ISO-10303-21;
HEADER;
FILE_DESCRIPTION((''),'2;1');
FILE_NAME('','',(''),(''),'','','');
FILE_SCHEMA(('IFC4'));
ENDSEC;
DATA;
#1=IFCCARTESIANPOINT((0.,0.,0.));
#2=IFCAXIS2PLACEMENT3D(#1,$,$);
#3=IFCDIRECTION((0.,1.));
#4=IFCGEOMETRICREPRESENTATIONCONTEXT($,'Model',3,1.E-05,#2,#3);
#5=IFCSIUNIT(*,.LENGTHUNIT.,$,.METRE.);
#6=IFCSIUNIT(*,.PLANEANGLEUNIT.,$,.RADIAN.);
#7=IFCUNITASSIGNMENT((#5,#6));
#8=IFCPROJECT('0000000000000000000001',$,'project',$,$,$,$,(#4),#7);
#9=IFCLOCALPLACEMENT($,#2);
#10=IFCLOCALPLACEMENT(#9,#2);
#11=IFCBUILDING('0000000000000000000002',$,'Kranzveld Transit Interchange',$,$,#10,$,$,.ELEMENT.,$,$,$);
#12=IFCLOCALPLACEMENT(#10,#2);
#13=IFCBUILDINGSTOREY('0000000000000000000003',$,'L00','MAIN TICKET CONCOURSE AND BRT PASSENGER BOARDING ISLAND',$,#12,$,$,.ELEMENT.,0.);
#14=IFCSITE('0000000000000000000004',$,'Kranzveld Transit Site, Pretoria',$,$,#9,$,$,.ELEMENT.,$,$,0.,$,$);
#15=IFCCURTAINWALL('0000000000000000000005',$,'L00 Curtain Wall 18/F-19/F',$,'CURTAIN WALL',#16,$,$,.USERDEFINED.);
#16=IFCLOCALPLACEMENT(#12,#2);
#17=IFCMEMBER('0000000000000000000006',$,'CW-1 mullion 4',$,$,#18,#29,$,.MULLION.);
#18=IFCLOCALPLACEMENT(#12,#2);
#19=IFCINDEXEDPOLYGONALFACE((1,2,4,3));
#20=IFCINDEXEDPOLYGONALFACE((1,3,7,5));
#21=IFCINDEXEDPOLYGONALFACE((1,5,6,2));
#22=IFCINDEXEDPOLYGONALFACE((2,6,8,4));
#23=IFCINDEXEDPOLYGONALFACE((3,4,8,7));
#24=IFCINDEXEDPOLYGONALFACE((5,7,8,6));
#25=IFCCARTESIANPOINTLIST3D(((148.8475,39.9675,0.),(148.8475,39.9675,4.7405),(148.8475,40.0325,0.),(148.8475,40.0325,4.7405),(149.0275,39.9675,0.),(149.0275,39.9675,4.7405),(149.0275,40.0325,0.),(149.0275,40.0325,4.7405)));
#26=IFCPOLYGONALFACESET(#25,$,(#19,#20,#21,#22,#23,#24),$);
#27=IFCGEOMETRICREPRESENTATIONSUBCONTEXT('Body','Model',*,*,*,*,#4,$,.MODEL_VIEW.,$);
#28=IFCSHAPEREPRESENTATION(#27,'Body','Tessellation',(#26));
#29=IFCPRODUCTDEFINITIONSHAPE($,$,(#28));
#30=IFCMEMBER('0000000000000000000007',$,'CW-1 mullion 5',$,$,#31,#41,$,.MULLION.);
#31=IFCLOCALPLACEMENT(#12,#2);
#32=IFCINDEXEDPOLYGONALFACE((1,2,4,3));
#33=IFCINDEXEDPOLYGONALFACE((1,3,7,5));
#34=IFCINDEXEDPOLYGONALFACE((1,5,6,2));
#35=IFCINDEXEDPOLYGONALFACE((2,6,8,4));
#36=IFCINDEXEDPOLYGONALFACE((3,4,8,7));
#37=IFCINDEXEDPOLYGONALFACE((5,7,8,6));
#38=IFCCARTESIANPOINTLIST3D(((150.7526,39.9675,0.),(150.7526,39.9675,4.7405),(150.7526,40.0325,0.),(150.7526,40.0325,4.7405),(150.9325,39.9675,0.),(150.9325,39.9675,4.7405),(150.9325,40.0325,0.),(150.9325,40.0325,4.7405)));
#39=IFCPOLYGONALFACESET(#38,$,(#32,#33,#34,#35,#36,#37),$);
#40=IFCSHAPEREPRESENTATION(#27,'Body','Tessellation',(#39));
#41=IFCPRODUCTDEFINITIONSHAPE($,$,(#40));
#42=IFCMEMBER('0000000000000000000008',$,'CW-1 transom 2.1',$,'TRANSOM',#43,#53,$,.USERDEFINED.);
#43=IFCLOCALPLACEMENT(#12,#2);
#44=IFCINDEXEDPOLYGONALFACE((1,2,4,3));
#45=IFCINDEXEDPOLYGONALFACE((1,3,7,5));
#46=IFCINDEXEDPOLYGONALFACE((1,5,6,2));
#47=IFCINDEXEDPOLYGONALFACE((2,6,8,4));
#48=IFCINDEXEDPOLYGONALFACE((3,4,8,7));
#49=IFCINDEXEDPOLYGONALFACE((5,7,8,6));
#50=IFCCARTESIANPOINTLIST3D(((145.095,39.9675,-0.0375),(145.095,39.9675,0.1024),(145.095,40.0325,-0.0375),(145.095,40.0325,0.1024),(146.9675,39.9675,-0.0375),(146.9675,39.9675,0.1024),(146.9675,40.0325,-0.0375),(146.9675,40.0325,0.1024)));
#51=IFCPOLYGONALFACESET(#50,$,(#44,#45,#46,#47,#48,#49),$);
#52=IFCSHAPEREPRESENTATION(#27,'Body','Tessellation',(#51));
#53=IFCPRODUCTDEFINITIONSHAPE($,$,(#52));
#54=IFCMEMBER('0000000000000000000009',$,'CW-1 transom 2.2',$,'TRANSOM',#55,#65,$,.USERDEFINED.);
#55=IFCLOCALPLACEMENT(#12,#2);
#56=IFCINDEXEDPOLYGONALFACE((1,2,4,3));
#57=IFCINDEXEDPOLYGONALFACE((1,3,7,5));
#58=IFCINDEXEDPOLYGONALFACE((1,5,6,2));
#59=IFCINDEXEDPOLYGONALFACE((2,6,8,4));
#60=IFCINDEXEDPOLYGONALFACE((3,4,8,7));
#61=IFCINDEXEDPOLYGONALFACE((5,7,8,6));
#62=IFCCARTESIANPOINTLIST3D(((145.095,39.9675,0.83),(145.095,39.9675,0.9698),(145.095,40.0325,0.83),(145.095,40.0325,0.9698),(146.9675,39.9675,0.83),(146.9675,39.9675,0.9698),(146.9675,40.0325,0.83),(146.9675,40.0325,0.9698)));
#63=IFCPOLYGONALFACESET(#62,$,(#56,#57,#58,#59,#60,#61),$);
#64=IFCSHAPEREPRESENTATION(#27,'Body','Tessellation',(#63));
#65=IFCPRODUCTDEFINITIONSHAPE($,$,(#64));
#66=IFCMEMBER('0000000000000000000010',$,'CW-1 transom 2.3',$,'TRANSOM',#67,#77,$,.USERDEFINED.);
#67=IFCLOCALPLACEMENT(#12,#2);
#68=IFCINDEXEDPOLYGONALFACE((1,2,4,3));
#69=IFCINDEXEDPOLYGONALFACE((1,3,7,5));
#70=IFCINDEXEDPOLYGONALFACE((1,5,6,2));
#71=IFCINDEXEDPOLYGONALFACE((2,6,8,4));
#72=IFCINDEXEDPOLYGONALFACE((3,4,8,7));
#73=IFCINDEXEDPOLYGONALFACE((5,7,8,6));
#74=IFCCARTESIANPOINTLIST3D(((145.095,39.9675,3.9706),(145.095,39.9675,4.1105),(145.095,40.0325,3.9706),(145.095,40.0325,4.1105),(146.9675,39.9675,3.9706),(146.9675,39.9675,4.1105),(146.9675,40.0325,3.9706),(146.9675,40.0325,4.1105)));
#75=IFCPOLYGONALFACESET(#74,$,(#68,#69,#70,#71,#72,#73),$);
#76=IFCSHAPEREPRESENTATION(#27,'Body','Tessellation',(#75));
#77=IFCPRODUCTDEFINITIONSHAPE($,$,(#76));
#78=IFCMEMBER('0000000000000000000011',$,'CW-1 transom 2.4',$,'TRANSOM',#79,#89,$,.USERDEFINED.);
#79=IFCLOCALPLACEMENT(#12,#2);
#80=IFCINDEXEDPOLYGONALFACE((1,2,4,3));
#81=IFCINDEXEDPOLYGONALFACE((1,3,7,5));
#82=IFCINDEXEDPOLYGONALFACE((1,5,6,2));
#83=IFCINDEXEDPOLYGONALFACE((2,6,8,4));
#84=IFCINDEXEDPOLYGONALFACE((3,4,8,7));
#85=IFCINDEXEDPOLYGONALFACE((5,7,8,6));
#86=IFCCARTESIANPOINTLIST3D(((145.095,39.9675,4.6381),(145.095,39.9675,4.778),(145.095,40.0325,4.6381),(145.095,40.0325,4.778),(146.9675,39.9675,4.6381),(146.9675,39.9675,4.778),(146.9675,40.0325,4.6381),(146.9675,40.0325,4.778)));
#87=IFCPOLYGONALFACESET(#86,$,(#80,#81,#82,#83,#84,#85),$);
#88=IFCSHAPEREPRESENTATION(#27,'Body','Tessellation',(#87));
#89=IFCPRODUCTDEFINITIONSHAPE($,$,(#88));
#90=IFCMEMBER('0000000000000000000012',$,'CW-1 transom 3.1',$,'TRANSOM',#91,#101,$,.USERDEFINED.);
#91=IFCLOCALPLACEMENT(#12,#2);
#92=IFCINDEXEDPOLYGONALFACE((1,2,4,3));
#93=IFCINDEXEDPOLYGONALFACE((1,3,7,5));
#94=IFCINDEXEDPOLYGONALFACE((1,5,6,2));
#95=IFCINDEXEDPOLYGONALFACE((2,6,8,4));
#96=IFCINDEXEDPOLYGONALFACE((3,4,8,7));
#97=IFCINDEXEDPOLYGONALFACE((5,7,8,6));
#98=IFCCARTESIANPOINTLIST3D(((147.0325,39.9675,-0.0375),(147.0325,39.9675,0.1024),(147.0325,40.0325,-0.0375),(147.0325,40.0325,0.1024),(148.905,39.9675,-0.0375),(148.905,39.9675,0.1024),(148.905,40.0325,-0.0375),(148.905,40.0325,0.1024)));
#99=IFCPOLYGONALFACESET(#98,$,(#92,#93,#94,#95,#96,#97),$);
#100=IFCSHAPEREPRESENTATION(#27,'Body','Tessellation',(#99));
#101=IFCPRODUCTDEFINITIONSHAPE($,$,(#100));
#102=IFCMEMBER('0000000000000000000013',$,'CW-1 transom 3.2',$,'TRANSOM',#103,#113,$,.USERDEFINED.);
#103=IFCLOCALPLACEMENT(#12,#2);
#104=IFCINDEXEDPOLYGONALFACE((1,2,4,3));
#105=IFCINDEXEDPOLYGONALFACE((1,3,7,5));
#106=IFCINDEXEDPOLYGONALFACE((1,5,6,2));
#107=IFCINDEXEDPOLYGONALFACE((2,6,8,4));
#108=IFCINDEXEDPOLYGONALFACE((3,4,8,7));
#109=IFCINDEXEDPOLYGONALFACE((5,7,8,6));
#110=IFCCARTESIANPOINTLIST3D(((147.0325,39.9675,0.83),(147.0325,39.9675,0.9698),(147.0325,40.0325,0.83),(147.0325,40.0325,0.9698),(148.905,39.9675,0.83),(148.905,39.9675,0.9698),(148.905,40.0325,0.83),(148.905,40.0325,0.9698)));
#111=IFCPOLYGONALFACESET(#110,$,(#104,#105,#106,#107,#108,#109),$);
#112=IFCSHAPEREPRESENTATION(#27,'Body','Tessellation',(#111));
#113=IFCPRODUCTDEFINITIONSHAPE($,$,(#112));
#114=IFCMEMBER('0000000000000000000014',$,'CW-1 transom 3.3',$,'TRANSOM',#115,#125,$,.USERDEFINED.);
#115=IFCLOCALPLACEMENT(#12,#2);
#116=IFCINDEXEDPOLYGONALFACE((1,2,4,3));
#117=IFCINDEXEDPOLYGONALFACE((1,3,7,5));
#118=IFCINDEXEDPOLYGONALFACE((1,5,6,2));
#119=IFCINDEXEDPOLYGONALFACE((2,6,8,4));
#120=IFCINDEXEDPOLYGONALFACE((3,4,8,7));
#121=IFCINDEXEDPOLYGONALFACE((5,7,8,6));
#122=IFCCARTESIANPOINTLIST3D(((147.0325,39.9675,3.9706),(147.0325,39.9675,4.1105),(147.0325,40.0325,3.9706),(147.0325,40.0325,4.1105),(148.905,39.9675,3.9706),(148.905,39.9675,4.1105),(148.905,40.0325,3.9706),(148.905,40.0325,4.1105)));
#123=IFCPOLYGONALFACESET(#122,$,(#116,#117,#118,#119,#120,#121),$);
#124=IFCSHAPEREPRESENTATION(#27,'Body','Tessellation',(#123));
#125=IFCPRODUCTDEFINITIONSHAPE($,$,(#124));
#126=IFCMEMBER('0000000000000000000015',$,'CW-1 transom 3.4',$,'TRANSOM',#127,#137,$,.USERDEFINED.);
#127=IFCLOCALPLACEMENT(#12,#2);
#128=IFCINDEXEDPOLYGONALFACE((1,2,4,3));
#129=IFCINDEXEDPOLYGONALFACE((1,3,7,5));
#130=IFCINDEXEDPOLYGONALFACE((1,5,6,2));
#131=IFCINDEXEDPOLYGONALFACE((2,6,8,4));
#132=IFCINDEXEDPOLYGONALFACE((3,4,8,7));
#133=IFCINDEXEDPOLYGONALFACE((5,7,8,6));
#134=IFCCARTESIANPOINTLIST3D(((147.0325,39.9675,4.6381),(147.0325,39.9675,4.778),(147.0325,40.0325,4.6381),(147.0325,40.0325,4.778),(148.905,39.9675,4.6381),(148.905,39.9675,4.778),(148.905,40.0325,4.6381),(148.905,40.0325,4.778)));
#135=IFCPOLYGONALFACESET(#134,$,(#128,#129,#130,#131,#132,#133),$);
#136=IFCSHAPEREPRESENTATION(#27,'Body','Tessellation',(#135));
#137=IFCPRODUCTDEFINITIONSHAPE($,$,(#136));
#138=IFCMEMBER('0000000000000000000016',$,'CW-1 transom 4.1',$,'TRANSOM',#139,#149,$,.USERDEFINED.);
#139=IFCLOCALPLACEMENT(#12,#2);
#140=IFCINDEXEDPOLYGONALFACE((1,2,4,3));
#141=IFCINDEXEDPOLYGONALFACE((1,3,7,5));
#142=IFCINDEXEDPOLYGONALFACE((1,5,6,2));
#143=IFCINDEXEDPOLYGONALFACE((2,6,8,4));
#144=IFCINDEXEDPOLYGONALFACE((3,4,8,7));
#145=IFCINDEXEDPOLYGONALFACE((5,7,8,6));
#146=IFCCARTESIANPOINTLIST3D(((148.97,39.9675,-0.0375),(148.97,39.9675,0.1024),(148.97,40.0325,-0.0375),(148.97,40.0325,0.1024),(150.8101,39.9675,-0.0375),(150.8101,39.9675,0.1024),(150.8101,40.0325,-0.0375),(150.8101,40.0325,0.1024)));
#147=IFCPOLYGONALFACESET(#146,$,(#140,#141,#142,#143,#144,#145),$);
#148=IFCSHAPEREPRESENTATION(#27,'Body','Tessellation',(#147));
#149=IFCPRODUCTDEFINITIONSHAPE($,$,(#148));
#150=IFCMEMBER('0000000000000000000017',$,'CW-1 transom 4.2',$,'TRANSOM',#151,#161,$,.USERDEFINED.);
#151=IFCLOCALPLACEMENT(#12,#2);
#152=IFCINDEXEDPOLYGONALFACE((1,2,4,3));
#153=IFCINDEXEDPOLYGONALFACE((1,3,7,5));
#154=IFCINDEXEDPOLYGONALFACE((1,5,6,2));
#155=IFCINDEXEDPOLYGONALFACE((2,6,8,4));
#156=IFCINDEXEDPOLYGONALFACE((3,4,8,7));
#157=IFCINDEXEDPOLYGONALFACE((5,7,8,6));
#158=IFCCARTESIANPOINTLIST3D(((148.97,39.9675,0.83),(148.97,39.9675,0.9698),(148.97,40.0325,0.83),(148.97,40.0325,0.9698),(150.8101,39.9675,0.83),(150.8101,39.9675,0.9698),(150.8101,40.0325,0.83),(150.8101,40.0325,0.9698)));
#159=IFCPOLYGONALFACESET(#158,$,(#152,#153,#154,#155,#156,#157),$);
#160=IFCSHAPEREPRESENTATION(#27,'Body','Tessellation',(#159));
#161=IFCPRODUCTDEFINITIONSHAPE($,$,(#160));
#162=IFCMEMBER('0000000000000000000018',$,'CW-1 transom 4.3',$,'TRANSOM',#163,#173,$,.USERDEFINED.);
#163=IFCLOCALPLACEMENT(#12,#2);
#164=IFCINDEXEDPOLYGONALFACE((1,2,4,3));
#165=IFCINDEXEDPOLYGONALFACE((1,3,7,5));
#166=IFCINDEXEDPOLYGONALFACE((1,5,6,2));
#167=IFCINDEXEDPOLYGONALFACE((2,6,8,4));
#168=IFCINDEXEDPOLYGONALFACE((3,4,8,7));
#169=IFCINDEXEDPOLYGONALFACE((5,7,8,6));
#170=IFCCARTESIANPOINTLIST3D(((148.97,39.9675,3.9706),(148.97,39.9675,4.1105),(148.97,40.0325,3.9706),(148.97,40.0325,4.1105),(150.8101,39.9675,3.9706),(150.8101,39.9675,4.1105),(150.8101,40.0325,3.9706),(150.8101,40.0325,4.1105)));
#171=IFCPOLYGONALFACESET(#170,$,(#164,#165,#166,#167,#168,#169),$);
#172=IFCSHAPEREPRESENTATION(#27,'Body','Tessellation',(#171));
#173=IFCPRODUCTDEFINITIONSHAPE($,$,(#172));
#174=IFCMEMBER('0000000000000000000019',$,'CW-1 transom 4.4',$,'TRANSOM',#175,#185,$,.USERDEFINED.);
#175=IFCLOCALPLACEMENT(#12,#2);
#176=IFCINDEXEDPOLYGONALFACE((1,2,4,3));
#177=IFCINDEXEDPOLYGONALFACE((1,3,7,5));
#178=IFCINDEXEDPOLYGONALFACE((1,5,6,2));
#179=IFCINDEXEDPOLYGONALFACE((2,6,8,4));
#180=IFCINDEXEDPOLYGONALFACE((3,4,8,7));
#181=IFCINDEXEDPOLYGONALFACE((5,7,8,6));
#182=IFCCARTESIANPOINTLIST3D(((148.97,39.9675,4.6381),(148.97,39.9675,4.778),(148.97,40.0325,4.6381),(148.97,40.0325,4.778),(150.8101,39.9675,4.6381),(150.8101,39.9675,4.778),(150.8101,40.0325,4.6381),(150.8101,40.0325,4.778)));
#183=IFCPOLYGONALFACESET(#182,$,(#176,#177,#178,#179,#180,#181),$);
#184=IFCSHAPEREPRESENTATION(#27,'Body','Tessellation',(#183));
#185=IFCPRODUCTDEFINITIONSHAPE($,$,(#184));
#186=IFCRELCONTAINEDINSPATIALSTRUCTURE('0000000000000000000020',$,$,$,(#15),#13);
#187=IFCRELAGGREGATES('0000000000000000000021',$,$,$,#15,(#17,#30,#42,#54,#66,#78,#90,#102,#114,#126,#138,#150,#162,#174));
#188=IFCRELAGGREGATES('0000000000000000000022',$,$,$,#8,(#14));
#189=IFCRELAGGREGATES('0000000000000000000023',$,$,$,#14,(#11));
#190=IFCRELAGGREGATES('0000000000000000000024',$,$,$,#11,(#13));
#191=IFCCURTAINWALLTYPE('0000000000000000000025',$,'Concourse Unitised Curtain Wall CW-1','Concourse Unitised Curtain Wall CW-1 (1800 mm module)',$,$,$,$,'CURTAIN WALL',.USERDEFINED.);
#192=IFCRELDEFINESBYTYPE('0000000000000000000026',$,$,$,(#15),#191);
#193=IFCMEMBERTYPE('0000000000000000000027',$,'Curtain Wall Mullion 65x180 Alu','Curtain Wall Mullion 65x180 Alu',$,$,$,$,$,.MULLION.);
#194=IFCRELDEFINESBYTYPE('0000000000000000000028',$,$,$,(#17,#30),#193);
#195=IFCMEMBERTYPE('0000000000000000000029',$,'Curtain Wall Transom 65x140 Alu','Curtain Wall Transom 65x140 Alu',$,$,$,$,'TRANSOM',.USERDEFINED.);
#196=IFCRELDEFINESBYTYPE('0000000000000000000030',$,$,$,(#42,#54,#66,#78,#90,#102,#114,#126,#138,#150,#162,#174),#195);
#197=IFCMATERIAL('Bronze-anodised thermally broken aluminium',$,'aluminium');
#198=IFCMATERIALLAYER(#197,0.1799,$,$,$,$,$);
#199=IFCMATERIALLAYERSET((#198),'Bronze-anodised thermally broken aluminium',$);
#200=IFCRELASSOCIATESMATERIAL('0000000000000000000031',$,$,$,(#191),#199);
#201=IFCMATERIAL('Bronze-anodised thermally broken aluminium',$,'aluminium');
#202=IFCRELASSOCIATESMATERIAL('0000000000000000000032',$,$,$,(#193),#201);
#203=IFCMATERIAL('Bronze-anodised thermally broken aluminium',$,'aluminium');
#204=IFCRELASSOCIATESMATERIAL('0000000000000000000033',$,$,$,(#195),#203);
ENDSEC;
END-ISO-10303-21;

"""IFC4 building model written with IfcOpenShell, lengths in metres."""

from ifc_helpers import new_model, si_unit, direction, frame, origin, origin_2d, place, context, subcontext, project, spatial, rectangle, extrude, material, layer, layer_set, material_profile, profile_set, type_object, element, aggregate, save


model = new_model("IFC4")

# Units and contexts
model_context = context("Model", 3, precision=1e-05, world=origin(), true_north=direction((0.0, 1.0)))
body_context = subcontext(model_context, "Body", "Model", "MODEL_VIEW")
ifc_project = project(units=[si_unit("LENGTHUNIT", "METRE"), si_unit("PLANEANGLEUNIT", "RADIAN")], contexts=[model_context])

# Site, building, storey
site_placement = place(None, origin())
site = spatial("IfcSite", under=ifc_project, at=site_placement, Name="Kranzveld Transit Site, Pretoria", CompositionType="ELEMENT", RefElevation=0.0)
building_placement = place(site_placement, origin())
building = spatial("IfcBuilding", under=site, at=building_placement, Name="Kranzveld Transit Interchange", CompositionType="ELEMENT")
storey_placement = place(building_placement, origin())
storey = spatial("IfcBuildingStorey", under=building, at=storey_placement, Name="L00", Description="MAIN TICKET CONCOURSE AND BRT PASSENGER BOARDING ISLAND", CompositionType="ELEMENT", Elevation=0.0)

# Curtain wall, members
ifc_material_1 = material(Name="Bronze-anodised thermally broken aluminium", Category="aluminium")
ifc_layer_1 = layer(ifc_material_1, 0.1799)
ifc_layer_set_1 = layer_set([ifc_layer_1], Name="Bronze-anodised thermally broken aluminium")
curtain_wall_type = type_object("IfcCurtainWallType", Name="Concourse Unitised Curtain Wall CW-1", Description="Concourse Unitised Curtain Wall CW-1 (1800 mm module)", ElementType="CURTAIN WALL", PredefinedType="USERDEFINED", material=ifc_layer_set_1)
curtain_wall_placement = place(storey_placement, origin())
curtain_wall = element("IfcCurtainWall", 1, at=curtain_wall_placement, inside=storey, type_object=curtain_wall_type, Name="L00 Curtain Wall 18/F-19/F", ObjectType="CURTAIN WALL", PredefinedType="USERDEFINED")
ifc_material_2 = material(Name="Bronze-anodised thermally broken aluminium", Category="aluminium")
ifc_material_profile_1 = material_profile(ifc_material_2, rectangle(XDim=0.0649, YDim=0.1799, at=origin_2d()), Name="ALU MULLION 65x180")
ifc_profile_set_1 = profile_set([ifc_material_profile_1], Name="Bronze-anodised thermally broken aluminium")
member_type_1 = type_object("IfcMemberType", Name="Curtain Wall Mullion 65x180 Alu", Description="Curtain Wall Mullion 65x180 Alu", PredefinedType="MULLION", material=ifc_profile_set_1)
member_1_placement = place(storey_placement, frame((148.9375, 40.0, 0.0), z_axis=(0.0, 0.0, 1.0), x_axis=(0.0, 1.0, 0.0)))
member_1 = element("IfcMember", 2, at=member_1_placement, type_object=member_type_1, Name="CW-1 mullion 4", PredefinedType="MULLION", context=body_context, shape_type="SweptSolid", body=[
    extrude(rectangle(XDim=0.0649, YDim=0.1799, at=origin_2d()), origin(), (0.0, 0.0, 1.0), 4.7405),
])
member_2_placement = place(storey_placement, frame((150.8425, 40.0, 0.0), z_axis=(0.0, 0.0, 1.0), x_axis=(0.0, 1.0, 0.0)))
member_2 = element("IfcMember", 3, at=member_2_placement, type_object=member_type_1, Name="CW-1 mullion 5", PredefinedType="MULLION", context=body_context, shape_type="SweptSolid", body=[
    extrude(rectangle(XDim=0.0649, YDim=0.1799, at=origin_2d()), origin(), (0.0, 0.0, 1.0), 4.7405),
])
ifc_material_3 = material(Name="Bronze-anodised thermally broken aluminium", Category="aluminium")
ifc_material_profile_2 = material_profile(ifc_material_3, rectangle(XDim=0.0649, YDim=0.1399, at=origin_2d()), Name="ALU TRANSOM 65x140")
ifc_profile_set_2 = profile_set([ifc_material_profile_2], Name="Bronze-anodised thermally broken aluminium")
member_type_2 = type_object("IfcMemberType", Name="Curtain Wall Transom 65x140 Alu", Description="Curtain Wall Transom 65x140 Alu", ElementType="TRANSOM", PredefinedType="USERDEFINED", material=ifc_profile_set_2)
member_3_placement = place(storey_placement, frame((145.095, 40.0, 0.0325), z_axis=(1.0, 0.0, 0.0), x_axis=(0.0, 1.0, 0.0)))
member_3 = element("IfcMember", 4, at=member_3_placement, type_object=member_type_2, Name="CW-1 transom 2.1", ObjectType="TRANSOM", PredefinedType="USERDEFINED", context=body_context, shape_type="SweptSolid", body=[
    extrude(rectangle(XDim=0.0649, YDim=0.1399, at=origin_2d()), origin(), (0.0, 0.0, 1.0), 1.8726),
])
member_4_placement = place(storey_placement, frame((145.095, 40.0, 0.8999), z_axis=(1.0, 0.0, 0.0), x_axis=(0.0, 1.0, 0.0)))
member_4 = element("IfcMember", 5, at=member_4_placement, type_object=member_type_2, Name="CW-1 transom 2.2", ObjectType="TRANSOM", PredefinedType="USERDEFINED", context=body_context, shape_type="SweptSolid", body=[
    extrude(rectangle(XDim=0.0649, YDim=0.1399, at=origin_2d()), origin(), (0.0, 0.0, 1.0), 1.8726),
])
member_5_placement = place(storey_placement, frame((145.095, 40.0, 4.0405), z_axis=(1.0, 0.0, 0.0), x_axis=(0.0, 1.0, 0.0)))
member_5 = element("IfcMember", 6, at=member_5_placement, type_object=member_type_2, Name="CW-1 transom 2.3", ObjectType="TRANSOM", PredefinedType="USERDEFINED", context=body_context, shape_type="SweptSolid", body=[
    extrude(rectangle(XDim=0.0649, YDim=0.1399, at=origin_2d()), origin(), (0.0, 0.0, 1.0), 1.8726),
])
member_6_placement = place(storey_placement, frame((145.095, 40.0, 4.708), z_axis=(1.0, 0.0, 0.0), x_axis=(0.0, 1.0, 0.0)))
member_6 = element("IfcMember", 7, at=member_6_placement, type_object=member_type_2, Name="CW-1 transom 2.4", ObjectType="TRANSOM", PredefinedType="USERDEFINED", context=body_context, shape_type="SweptSolid", body=[
    extrude(rectangle(XDim=0.0649, YDim=0.1399, at=origin_2d()), origin(), (0.0, 0.0, 1.0), 1.8726),
])
member_7_placement = place(storey_placement, frame((147.0325, 40.0, 0.0325), z_axis=(1.0, 0.0, 0.0), x_axis=(0.0, 1.0, 0.0)))
member_7 = element("IfcMember", 8, at=member_7_placement, type_object=member_type_2, Name="CW-1 transom 3.1", ObjectType="TRANSOM", PredefinedType="USERDEFINED", context=body_context, shape_type="SweptSolid", body=[
    extrude(rectangle(XDim=0.0649, YDim=0.1399, at=origin_2d()), origin(), (0.0, 0.0, 1.0), 1.8726),
])
member_8_placement = place(storey_placement, frame((147.0325, 40.0, 0.8999), z_axis=(1.0, 0.0, 0.0), x_axis=(0.0, 1.0, 0.0)))
member_8 = element("IfcMember", 9, at=member_8_placement, type_object=member_type_2, Name="CW-1 transom 3.2", ObjectType="TRANSOM", PredefinedType="USERDEFINED", context=body_context, shape_type="SweptSolid", body=[
    extrude(rectangle(XDim=0.0649, YDim=0.1399, at=origin_2d()), origin(), (0.0, 0.0, 1.0), 1.8726),
])
member_9_placement = place(storey_placement, frame((147.0325, 40.0, 4.0405), z_axis=(1.0, 0.0, 0.0), x_axis=(0.0, 1.0, 0.0)))
member_9 = element("IfcMember", 10, at=member_9_placement, type_object=member_type_2, Name="CW-1 transom 3.3", ObjectType="TRANSOM", PredefinedType="USERDEFINED", context=body_context, shape_type="SweptSolid", body=[
    extrude(rectangle(XDim=0.0649, YDim=0.1399, at=origin_2d()), origin(), (0.0, 0.0, 1.0), 1.8726),
])
member_10_placement = place(storey_placement, frame((147.0325, 40.0, 4.708), z_axis=(1.0, 0.0, 0.0), x_axis=(0.0, 1.0, 0.0)))
member_10 = element("IfcMember", 11, at=member_10_placement, type_object=member_type_2, Name="CW-1 transom 3.4", ObjectType="TRANSOM", PredefinedType="USERDEFINED", context=body_context, shape_type="SweptSolid", body=[
    extrude(rectangle(XDim=0.0649, YDim=0.1399, at=origin_2d()), origin(), (0.0, 0.0, 1.0), 1.8726),
])
member_11_placement = place(storey_placement, frame((148.97, 40.0, 0.0325), z_axis=(1.0, 0.0, 0.0), x_axis=(0.0, 1.0, 0.0)))
member_11 = element("IfcMember", 12, at=member_11_placement, type_object=member_type_2, Name="CW-1 transom 4.1", ObjectType="TRANSOM", PredefinedType="USERDEFINED", context=body_context, shape_type="SweptSolid", body=[
    extrude(rectangle(XDim=0.0649, YDim=0.1399, at=origin_2d()), origin(), (0.0, 0.0, 1.0), 1.8401),
])
member_12_placement = place(storey_placement, frame((148.97, 40.0, 0.8999), z_axis=(1.0, 0.0, 0.0), x_axis=(0.0, 1.0, 0.0)))
member_12 = element("IfcMember", 13, at=member_12_placement, type_object=member_type_2, Name="CW-1 transom 4.2", ObjectType="TRANSOM", PredefinedType="USERDEFINED", context=body_context, shape_type="SweptSolid", body=[
    extrude(rectangle(XDim=0.0649, YDim=0.1399, at=origin_2d()), origin(), (0.0, 0.0, 1.0), 1.8401),
])
member_13_placement = place(storey_placement, frame((148.97, 40.0, 4.0405), z_axis=(1.0, 0.0, 0.0), x_axis=(0.0, 1.0, 0.0)))
member_13 = element("IfcMember", 14, at=member_13_placement, type_object=member_type_2, Name="CW-1 transom 4.3", ObjectType="TRANSOM", PredefinedType="USERDEFINED", context=body_context, shape_type="SweptSolid", body=[
    extrude(rectangle(XDim=0.0649, YDim=0.1399, at=origin_2d()), origin(), (0.0, 0.0, 1.0), 1.8401),
])
member_14_placement = place(storey_placement, frame((148.97, 40.0, 4.708), z_axis=(1.0, 0.0, 0.0), x_axis=(0.0, 1.0, 0.0)))
member_14 = element("IfcMember", 15, at=member_14_placement, type_object=member_type_2, Name="CW-1 transom 4.4", ObjectType="TRANSOM", PredefinedType="USERDEFINED", context=body_context, shape_type="SweptSolid", body=[
    extrude(rectangle(XDim=0.0649, YDim=0.1399, at=origin_2d()), origin(), (0.0, 0.0, 1.0), 1.8401),
])

aggregate(curtain_wall, [member_1, member_2, member_3, member_4, member_5, member_6, member_7, member_8, member_9, member_10, member_11, member_12, member_13, member_14])

save(model, "model.ifc")
